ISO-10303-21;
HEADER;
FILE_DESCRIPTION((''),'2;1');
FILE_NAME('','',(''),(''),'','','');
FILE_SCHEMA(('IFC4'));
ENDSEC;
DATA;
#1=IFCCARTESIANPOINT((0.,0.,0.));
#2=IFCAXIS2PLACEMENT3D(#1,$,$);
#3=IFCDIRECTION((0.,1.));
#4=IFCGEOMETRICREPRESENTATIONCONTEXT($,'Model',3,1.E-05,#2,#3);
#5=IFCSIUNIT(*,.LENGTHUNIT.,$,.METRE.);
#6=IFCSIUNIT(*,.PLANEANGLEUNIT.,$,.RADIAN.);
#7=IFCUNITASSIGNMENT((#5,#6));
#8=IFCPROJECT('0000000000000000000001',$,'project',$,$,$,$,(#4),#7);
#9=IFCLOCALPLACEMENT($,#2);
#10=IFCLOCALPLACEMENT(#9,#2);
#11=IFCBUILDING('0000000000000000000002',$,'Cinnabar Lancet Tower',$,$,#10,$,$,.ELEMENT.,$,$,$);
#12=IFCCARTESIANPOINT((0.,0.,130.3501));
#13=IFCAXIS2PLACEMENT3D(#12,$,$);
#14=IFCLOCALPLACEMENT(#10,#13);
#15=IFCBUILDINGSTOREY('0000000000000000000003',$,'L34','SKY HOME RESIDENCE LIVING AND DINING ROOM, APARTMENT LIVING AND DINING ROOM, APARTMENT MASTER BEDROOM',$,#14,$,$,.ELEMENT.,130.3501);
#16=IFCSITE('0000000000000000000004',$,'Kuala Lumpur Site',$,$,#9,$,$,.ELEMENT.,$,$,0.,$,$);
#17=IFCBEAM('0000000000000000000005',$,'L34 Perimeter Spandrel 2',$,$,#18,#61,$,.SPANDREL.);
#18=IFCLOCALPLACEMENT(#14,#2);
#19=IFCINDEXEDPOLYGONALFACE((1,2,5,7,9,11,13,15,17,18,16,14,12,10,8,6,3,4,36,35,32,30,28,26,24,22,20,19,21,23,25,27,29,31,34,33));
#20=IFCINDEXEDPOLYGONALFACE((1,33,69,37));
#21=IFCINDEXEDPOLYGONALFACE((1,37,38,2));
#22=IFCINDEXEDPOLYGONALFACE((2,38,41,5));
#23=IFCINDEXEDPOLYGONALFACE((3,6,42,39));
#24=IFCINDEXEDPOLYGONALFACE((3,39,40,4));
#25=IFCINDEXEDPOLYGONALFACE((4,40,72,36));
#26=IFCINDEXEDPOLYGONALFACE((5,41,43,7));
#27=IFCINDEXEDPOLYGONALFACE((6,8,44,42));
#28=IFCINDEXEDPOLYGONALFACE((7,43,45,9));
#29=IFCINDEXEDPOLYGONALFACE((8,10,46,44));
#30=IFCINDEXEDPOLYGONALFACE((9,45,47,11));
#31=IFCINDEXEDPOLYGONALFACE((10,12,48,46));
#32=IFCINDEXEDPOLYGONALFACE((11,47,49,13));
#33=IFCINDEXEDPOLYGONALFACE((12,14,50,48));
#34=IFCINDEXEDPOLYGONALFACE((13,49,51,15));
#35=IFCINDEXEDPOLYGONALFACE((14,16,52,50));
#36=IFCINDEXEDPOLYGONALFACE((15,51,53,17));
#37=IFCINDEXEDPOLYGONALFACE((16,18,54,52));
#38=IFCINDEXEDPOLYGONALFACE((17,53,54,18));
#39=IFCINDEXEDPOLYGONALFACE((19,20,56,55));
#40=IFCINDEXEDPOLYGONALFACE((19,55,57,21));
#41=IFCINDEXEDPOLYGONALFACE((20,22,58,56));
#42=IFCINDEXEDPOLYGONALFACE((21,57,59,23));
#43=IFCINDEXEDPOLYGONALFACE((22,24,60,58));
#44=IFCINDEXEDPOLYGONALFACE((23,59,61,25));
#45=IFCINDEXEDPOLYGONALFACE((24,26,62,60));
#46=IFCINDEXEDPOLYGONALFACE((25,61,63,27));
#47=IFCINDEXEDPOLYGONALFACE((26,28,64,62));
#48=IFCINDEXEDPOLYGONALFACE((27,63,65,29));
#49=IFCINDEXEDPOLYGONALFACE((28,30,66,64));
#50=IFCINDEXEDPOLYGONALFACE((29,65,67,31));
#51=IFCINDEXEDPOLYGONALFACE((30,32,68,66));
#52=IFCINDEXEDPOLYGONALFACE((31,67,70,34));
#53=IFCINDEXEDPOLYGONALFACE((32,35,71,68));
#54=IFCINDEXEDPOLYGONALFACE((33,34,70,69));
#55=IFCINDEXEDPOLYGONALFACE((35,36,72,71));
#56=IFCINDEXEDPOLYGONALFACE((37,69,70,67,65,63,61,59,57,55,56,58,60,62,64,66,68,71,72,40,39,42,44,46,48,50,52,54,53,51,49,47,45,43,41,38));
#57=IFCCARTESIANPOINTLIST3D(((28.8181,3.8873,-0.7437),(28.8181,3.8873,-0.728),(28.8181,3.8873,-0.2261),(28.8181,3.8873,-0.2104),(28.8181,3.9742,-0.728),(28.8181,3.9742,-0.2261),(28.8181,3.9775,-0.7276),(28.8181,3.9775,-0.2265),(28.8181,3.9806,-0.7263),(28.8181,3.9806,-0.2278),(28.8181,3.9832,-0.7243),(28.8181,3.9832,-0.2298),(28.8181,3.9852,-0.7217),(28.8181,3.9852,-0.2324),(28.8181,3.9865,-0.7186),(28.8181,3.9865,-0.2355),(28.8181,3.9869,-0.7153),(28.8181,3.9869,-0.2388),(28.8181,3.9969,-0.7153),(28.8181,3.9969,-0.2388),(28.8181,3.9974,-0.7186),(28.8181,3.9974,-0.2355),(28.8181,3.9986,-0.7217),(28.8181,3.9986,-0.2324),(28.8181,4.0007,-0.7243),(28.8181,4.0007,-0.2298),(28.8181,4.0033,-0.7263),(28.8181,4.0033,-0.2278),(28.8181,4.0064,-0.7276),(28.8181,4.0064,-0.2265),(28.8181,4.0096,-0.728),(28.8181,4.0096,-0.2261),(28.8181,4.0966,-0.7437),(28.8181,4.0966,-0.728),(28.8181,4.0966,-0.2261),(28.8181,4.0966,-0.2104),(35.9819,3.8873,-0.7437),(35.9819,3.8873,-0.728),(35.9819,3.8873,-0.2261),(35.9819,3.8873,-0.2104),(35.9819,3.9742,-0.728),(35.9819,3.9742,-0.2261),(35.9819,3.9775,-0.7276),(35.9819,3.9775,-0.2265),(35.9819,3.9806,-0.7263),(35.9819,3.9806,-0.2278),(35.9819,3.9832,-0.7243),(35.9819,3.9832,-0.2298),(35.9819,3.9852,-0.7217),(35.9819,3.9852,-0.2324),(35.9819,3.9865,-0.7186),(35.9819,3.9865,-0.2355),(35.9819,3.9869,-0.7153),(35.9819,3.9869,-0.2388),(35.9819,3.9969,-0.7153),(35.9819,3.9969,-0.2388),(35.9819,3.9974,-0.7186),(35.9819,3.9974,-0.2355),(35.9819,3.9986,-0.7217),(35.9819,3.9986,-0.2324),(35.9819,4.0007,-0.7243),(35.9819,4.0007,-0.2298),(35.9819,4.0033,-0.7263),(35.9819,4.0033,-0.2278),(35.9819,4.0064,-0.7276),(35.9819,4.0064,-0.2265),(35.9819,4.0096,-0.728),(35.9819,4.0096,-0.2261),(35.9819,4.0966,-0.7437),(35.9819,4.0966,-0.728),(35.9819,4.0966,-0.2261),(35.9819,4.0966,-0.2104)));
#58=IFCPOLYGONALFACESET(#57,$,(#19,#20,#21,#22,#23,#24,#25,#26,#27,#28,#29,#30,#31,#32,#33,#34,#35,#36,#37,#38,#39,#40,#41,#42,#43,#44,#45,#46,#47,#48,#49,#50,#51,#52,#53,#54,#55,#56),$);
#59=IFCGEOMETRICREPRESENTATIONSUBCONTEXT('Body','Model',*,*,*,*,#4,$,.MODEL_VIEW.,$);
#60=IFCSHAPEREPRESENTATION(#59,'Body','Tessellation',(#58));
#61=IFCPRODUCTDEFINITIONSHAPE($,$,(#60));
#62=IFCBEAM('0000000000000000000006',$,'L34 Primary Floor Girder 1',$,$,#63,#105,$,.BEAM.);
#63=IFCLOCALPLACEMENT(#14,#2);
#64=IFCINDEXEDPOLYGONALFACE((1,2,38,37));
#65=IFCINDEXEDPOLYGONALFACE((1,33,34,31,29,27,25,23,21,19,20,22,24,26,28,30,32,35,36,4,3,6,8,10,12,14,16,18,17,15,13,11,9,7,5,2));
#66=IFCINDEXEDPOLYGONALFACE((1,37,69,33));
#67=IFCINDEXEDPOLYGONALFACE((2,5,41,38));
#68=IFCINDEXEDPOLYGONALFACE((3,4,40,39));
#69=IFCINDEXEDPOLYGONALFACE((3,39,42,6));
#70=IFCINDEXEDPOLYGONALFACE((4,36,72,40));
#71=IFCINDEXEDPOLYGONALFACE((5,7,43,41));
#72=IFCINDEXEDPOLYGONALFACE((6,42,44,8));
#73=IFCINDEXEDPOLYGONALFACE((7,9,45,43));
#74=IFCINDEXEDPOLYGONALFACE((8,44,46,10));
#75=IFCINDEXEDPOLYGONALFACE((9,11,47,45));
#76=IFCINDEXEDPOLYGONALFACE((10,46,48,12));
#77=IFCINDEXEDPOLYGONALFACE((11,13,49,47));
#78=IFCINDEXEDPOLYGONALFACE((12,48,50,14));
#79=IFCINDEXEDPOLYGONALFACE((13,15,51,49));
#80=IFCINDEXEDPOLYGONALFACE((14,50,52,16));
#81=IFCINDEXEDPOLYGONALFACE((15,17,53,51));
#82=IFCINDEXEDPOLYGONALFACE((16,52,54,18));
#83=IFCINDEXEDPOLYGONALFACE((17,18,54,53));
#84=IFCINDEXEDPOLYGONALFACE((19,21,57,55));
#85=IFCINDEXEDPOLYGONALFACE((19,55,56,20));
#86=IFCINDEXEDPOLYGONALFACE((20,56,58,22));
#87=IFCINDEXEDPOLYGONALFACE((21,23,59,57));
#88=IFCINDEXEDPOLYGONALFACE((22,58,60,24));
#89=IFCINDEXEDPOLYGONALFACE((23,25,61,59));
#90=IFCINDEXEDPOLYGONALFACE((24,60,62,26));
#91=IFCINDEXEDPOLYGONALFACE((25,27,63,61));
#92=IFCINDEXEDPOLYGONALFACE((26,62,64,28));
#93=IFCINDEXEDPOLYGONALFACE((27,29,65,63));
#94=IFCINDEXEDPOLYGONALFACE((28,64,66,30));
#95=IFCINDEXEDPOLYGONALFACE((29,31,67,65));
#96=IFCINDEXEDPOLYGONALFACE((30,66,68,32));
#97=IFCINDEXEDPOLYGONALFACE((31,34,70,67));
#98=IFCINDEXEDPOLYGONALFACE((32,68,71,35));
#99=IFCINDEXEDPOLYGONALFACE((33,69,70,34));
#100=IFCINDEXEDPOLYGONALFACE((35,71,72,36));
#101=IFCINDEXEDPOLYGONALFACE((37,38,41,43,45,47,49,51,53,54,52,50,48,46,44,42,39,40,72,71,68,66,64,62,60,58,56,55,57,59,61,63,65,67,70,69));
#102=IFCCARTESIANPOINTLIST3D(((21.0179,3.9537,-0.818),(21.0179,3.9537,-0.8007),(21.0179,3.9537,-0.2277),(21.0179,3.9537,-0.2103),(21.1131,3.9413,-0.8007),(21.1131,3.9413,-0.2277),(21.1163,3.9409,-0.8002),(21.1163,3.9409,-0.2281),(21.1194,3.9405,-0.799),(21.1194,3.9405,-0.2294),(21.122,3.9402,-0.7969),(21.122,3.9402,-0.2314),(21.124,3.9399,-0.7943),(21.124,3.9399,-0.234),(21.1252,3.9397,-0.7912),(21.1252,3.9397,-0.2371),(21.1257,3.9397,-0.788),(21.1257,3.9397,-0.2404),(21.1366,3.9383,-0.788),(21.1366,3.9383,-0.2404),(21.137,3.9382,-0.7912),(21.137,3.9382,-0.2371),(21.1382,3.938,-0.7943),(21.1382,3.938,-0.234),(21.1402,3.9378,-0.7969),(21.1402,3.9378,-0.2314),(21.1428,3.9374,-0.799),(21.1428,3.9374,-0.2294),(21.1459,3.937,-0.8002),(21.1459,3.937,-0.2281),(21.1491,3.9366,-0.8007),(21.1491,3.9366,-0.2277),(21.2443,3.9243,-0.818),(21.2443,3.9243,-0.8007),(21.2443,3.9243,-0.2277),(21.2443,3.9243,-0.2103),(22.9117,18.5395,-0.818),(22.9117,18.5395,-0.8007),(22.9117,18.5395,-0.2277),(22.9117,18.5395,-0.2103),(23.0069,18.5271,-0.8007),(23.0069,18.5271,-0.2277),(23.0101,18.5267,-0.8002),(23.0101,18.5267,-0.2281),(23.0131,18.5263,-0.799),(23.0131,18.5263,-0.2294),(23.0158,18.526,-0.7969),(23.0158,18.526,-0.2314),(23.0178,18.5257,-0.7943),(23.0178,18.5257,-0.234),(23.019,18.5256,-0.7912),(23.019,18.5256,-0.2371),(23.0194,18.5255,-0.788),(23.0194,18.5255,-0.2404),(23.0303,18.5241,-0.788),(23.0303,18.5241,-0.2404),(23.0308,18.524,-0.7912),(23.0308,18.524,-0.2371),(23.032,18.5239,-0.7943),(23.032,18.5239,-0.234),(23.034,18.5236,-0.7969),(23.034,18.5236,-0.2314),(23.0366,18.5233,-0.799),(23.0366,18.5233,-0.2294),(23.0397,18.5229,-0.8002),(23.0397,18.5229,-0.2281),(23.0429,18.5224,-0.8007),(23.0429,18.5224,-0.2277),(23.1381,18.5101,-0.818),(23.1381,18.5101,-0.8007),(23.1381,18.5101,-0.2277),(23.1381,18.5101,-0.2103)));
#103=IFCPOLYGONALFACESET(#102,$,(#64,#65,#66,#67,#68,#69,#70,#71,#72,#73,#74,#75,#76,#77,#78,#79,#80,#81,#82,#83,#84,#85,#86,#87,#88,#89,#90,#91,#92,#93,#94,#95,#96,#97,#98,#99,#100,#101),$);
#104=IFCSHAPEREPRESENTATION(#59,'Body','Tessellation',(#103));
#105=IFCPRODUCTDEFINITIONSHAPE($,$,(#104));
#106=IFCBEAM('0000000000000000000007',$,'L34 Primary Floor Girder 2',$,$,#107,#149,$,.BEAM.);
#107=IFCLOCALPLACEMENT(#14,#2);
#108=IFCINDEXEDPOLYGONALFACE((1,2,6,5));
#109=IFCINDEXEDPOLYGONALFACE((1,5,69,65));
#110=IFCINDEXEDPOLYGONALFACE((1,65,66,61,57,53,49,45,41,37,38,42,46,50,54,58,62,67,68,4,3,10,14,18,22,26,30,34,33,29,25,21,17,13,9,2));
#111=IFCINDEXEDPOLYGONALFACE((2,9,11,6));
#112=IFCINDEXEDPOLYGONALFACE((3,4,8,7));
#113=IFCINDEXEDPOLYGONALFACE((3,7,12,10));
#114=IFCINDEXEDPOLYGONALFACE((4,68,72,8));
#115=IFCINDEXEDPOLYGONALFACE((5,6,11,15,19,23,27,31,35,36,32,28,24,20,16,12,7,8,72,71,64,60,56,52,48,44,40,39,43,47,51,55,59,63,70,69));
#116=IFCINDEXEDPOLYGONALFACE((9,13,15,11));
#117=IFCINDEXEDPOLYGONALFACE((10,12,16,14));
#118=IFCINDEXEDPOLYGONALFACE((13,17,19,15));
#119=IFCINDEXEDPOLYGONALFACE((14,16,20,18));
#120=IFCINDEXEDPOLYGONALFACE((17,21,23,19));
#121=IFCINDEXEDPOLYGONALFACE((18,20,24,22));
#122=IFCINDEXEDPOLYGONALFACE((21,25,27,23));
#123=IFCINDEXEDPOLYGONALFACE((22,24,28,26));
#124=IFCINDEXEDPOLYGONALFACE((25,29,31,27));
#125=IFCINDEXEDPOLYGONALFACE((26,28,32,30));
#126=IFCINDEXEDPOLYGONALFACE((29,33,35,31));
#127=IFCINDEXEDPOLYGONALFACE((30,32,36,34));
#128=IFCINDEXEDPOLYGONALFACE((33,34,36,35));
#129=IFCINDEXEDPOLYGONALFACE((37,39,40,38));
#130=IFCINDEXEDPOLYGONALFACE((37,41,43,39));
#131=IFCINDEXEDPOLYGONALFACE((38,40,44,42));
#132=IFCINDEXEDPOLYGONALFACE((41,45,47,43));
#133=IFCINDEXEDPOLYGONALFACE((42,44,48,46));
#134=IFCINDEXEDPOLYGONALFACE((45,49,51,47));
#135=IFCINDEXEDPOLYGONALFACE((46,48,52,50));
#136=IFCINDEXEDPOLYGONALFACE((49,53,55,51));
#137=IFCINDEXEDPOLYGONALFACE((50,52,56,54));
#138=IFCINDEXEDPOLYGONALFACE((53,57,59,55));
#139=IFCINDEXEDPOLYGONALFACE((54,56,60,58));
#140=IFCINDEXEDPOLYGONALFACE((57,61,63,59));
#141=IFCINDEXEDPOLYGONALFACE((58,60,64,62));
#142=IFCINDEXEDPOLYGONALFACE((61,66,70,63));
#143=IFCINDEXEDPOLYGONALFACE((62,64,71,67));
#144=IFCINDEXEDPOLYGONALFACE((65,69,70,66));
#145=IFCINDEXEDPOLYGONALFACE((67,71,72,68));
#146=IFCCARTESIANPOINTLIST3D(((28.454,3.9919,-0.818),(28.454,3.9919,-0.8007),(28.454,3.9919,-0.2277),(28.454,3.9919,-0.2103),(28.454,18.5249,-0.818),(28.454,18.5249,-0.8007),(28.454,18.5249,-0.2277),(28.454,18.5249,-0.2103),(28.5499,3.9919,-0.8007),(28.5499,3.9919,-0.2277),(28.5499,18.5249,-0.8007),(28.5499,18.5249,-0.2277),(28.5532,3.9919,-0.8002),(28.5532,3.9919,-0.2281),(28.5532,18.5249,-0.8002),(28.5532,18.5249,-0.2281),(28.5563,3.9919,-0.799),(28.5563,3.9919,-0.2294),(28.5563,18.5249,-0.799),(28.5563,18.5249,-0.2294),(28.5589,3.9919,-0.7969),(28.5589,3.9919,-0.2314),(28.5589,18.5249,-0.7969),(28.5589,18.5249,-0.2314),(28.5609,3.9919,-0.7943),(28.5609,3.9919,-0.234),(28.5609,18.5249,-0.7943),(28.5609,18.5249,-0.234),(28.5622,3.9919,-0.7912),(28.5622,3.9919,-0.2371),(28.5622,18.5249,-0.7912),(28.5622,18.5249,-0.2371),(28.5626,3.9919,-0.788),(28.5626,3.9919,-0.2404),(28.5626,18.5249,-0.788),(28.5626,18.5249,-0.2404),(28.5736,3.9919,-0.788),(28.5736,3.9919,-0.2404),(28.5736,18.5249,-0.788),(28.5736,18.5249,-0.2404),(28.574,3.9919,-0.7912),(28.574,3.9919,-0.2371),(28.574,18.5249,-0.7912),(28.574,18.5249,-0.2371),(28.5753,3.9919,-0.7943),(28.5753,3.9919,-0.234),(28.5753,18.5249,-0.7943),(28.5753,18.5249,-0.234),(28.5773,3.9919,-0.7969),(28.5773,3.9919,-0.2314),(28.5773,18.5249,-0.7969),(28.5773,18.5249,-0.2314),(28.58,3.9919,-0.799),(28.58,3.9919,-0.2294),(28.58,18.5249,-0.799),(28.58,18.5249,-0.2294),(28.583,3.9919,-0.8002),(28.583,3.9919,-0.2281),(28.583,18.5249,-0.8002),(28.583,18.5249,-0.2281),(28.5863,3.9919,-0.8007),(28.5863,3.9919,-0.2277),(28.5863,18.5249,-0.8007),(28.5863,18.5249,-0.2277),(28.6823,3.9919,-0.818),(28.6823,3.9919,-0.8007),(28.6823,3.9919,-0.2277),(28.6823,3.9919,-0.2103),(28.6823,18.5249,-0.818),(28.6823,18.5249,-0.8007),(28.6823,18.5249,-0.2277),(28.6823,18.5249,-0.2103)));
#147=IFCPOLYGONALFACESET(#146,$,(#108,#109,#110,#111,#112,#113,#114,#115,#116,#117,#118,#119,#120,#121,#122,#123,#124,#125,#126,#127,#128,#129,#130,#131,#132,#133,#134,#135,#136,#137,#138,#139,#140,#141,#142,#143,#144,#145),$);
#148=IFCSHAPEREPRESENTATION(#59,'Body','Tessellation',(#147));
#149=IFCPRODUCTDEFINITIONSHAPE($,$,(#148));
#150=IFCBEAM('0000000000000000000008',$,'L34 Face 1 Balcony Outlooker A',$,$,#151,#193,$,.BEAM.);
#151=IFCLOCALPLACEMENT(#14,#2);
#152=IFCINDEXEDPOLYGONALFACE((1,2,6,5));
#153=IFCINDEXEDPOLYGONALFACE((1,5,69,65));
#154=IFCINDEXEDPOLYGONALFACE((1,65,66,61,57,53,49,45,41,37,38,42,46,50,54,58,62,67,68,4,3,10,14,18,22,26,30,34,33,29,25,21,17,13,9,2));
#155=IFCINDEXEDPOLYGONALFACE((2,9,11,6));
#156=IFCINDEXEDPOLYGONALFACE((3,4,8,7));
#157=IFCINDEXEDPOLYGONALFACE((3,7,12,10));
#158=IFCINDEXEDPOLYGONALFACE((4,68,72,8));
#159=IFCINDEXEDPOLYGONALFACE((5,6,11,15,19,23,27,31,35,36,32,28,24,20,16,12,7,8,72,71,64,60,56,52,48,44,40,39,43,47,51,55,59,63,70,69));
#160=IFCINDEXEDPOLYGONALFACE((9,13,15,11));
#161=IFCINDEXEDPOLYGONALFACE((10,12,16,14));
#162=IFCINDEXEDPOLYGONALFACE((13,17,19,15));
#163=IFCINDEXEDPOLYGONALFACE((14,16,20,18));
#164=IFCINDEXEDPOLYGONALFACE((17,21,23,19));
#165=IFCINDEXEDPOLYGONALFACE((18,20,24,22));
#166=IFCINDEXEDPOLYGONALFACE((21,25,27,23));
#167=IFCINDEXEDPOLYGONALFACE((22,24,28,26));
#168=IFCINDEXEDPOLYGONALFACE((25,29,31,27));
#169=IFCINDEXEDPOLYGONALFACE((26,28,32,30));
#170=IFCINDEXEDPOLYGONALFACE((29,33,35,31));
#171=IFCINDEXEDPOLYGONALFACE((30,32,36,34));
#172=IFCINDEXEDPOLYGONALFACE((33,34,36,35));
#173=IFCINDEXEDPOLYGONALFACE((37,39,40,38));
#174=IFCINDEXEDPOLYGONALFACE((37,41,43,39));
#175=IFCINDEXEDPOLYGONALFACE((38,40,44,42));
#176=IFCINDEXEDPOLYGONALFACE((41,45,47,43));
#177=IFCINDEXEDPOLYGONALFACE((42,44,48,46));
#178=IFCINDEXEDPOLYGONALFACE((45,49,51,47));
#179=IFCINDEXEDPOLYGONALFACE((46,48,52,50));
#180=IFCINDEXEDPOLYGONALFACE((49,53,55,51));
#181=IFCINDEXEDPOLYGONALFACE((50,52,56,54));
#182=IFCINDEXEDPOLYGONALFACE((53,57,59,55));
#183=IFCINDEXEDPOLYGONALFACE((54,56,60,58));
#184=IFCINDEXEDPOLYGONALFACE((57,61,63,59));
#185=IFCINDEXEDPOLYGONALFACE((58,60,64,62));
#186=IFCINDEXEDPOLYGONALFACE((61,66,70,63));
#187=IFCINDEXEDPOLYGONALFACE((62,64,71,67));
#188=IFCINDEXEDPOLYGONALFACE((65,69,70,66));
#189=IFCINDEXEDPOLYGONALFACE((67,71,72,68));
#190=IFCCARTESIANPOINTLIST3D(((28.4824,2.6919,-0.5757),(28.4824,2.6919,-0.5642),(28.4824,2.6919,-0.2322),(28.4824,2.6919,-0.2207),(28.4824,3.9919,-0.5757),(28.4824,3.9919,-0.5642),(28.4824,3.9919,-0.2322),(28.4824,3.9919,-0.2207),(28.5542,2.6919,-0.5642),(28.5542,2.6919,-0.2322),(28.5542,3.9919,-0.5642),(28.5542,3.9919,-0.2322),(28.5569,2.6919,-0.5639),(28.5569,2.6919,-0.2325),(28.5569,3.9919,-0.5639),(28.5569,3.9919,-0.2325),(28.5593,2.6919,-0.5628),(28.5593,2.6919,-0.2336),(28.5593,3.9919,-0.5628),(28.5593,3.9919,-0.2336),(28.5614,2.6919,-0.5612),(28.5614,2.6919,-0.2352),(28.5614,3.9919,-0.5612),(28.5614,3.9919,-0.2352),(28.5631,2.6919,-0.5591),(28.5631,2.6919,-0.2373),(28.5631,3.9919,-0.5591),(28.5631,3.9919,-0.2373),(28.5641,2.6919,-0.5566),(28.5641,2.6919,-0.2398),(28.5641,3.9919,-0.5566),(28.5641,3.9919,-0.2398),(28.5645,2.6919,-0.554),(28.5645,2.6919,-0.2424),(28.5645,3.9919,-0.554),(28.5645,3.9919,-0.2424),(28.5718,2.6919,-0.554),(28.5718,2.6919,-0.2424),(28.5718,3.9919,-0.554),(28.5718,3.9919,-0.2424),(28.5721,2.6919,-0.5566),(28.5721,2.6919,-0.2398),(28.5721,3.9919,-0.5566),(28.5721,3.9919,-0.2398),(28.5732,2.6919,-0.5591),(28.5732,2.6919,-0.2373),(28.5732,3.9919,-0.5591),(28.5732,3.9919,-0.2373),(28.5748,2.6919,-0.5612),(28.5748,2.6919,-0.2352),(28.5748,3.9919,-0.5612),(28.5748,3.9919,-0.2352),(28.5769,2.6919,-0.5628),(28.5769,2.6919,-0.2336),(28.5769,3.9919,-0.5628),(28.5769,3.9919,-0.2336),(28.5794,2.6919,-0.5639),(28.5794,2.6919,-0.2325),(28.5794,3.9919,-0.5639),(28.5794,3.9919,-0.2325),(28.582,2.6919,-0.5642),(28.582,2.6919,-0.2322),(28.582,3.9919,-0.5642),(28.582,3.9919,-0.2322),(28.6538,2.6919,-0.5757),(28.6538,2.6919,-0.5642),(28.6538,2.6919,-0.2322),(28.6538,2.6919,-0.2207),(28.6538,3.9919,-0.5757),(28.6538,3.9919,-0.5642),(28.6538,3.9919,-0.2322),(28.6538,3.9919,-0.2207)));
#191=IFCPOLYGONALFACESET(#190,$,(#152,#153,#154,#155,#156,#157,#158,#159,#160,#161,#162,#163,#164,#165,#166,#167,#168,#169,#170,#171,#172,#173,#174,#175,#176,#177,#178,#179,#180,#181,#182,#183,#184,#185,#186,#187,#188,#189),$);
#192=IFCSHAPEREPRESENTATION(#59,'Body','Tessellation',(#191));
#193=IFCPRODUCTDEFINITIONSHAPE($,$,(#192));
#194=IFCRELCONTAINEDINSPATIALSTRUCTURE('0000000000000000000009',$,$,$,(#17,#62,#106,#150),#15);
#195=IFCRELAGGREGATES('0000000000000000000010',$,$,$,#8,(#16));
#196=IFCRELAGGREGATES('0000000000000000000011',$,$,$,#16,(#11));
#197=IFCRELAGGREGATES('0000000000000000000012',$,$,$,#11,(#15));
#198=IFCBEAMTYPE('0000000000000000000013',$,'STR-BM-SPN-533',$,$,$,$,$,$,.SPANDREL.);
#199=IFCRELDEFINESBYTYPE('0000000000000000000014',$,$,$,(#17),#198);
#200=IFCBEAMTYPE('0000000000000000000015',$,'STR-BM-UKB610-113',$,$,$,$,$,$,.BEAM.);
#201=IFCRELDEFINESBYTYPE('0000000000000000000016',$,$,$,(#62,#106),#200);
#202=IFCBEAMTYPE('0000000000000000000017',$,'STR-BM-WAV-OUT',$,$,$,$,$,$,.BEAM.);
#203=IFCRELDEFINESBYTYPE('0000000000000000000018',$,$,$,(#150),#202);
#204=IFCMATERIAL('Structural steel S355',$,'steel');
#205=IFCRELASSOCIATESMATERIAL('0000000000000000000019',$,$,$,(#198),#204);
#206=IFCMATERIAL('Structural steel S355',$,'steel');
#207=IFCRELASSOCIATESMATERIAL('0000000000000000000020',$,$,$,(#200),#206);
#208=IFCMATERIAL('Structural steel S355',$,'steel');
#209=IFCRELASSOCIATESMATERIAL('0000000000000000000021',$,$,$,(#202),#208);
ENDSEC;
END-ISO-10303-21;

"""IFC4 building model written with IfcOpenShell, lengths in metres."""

from ifc_helpers import new_model, si_unit, direction, frame, origin, origin_2d, place, context, subcontext, project, spatial, i_section, extrude, material, material_profile, profile_set, type_object, element, save


model = new_model("IFC4")

# Units and contexts
model_context = context("Model", 3, precision=1e-05, world=origin(), true_north=direction((0.0, 1.0)))
body_context = subcontext(model_context, "Body", "Model", "MODEL_VIEW")
ifc_project = project(units=[si_unit("LENGTHUNIT", "METRE"), si_unit("PLANEANGLEUNIT", "RADIAN")], contexts=[model_context])

# Site, building, storey
site_placement = place(None, origin())
site = spatial("IfcSite", under=ifc_project, at=site_placement, Name="Kuala Lumpur Site", CompositionType="ELEMENT", RefElevation=0.0)
building_placement = place(site_placement, origin())
building = spatial("IfcBuilding", under=site, at=building_placement, Name="Cinnabar Lancet Tower", CompositionType="ELEMENT")
storey_placement = place(building_placement, frame((0.0, 0.0, 130.3501)))
storey = spatial("IfcBuildingStorey", under=building, at=storey_placement, Name="L34", Description="SKY HOME RESIDENCE LIVING AND DINING ROOM, APARTMENT LIVING AND DINING ROOM, APARTMENT MASTER BEDROOM", CompositionType="ELEMENT", Elevation=130.3501)

# Beams
ifc_material_1 = material(Name="Structural steel S355", Category="steel")
ifc_material_profile_1 = material_profile(ifc_material_1, i_section(OverallWidth=0.2092, OverallDepth=0.5332, WebThickness=0.01, FlangeThickness=0.0156, FilletRadius=0.0127, at=origin_2d()), Name="UKB 533x210x92")
ifc_profile_set_1 = profile_set([ifc_material_profile_1], Name="Structural steel S355")
beam_type_1 = type_object("IfcBeamType", Name="STR-BM-SPN-533", PredefinedType="SPANDREL", material=ifc_profile_set_1)
beam_1_placement = place(storey_placement, frame((28.8181, 3.9919, -0.4771), z_axis=(1.0, 0.0, 0.0), x_axis=(0.0, 1.0, 0.0)))
element("IfcBeam", 1, at=beam_1_placement, inside=storey, type_object=beam_type_1, Name="L34 Perimeter Spandrel 2", PredefinedType="SPANDREL", context=body_context, shape_type="SweptSolid", body=[
    extrude(i_section(OverallWidth=0.2092, OverallDepth=0.5332, WebThickness=0.01, FlangeThickness=0.0156, FilletRadius=0.0127, at=origin_2d()), origin(), (0.0, 0.0, 1.0), 7.1638),
])
ifc_material_2 = material(Name="Structural steel S355", Category="steel")
ifc_material_profile_2 = material_profile(ifc_material_2, i_section(OverallWidth=0.2283, OverallDepth=0.6077, WebThickness=0.011, FlangeThickness=0.0173, FilletRadius=0.0127, at=origin_2d()), Name="UKB 610x229x113")
ifc_profile_set_2 = profile_set([ifc_material_profile_2], Name="Structural steel S355")
beam_type_2 = type_object("IfcBeamType", Name="STR-BM-UKB610-113", PredefinedType="BEAM", material=ifc_profile_set_2)
beam_2_placement = place(storey_placement, frame((21.1311, 3.939, -0.5142), z_axis=(0.128757, 0.991676, 0.0), x_axis=(-0.991676, 0.128757, 0.0)))
element("IfcBeam", 2, at=beam_2_placement, inside=storey, type_object=beam_type_2, Name="L34 Primary Floor Girder 1", PredefinedType="BEAM", context=body_context, shape_type="SweptSolid", body=[
    extrude(i_section(OverallWidth=0.2283, OverallDepth=0.6077, WebThickness=0.011, FlangeThickness=0.0173, FilletRadius=0.0127, at=origin_2d()), origin(), (0.0, 0.0, 1.0), 14.7083),
])
beam_3_placement = place(storey_placement, frame((28.5681, 3.9919, -0.5142), z_axis=(0.0, 1.0, 0.0), x_axis=(-1.0, 0.0, 0.0)))
element("IfcBeam", 3, at=beam_3_placement, inside=storey, type_object=beam_type_2, Name="L34 Primary Floor Girder 2", PredefinedType="BEAM", context=body_context, shape_type="SweptSolid", body=[
    extrude(i_section(OverallWidth=0.2283, OverallDepth=0.6077, WebThickness=0.011, FlangeThickness=0.0173, FilletRadius=0.0127, at=origin_2d()), origin(), (0.0, 0.0, 1.0), 14.533),
])
ifc_material_3 = material(Name="Structural steel S355", Category="steel")
ifc_material_profile_3 = material_profile(ifc_material_3, i_section(OverallWidth=0.1714, OverallDepth=0.355, WebThickness=0.0073, FlangeThickness=0.0115, FilletRadius=0.0103, at=origin_2d()), Name="UKB 356x171x51")
ifc_profile_set_3 = profile_set([ifc_material_profile_3], Name="Structural steel S355")
beam_type_3 = type_object("IfcBeamType", Name="STR-BM-WAV-OUT", PredefinedType="BEAM", material=ifc_profile_set_3)
beam_4_placement = place(storey_placement, frame((28.5681, 3.9919, -0.3982), z_axis=(0.0, -1.0, 0.0), x_axis=(1.0, 0.0, 0.0)))
element("IfcBeam", 4, at=beam_4_placement, inside=storey, type_object=beam_type_3, Name="L34 Face 1 Balcony Outlooker A", PredefinedType="BEAM", context=body_context, shape_type="SweptSolid", body=[
    extrude(i_section(OverallWidth=0.1714, OverallDepth=0.355, WebThickness=0.0073, FlangeThickness=0.0115, FilletRadius=0.0103, at=origin_2d()), origin(), (0.0, 0.0, 1.0), 1.3),
])

save(model, "model.ifc")
